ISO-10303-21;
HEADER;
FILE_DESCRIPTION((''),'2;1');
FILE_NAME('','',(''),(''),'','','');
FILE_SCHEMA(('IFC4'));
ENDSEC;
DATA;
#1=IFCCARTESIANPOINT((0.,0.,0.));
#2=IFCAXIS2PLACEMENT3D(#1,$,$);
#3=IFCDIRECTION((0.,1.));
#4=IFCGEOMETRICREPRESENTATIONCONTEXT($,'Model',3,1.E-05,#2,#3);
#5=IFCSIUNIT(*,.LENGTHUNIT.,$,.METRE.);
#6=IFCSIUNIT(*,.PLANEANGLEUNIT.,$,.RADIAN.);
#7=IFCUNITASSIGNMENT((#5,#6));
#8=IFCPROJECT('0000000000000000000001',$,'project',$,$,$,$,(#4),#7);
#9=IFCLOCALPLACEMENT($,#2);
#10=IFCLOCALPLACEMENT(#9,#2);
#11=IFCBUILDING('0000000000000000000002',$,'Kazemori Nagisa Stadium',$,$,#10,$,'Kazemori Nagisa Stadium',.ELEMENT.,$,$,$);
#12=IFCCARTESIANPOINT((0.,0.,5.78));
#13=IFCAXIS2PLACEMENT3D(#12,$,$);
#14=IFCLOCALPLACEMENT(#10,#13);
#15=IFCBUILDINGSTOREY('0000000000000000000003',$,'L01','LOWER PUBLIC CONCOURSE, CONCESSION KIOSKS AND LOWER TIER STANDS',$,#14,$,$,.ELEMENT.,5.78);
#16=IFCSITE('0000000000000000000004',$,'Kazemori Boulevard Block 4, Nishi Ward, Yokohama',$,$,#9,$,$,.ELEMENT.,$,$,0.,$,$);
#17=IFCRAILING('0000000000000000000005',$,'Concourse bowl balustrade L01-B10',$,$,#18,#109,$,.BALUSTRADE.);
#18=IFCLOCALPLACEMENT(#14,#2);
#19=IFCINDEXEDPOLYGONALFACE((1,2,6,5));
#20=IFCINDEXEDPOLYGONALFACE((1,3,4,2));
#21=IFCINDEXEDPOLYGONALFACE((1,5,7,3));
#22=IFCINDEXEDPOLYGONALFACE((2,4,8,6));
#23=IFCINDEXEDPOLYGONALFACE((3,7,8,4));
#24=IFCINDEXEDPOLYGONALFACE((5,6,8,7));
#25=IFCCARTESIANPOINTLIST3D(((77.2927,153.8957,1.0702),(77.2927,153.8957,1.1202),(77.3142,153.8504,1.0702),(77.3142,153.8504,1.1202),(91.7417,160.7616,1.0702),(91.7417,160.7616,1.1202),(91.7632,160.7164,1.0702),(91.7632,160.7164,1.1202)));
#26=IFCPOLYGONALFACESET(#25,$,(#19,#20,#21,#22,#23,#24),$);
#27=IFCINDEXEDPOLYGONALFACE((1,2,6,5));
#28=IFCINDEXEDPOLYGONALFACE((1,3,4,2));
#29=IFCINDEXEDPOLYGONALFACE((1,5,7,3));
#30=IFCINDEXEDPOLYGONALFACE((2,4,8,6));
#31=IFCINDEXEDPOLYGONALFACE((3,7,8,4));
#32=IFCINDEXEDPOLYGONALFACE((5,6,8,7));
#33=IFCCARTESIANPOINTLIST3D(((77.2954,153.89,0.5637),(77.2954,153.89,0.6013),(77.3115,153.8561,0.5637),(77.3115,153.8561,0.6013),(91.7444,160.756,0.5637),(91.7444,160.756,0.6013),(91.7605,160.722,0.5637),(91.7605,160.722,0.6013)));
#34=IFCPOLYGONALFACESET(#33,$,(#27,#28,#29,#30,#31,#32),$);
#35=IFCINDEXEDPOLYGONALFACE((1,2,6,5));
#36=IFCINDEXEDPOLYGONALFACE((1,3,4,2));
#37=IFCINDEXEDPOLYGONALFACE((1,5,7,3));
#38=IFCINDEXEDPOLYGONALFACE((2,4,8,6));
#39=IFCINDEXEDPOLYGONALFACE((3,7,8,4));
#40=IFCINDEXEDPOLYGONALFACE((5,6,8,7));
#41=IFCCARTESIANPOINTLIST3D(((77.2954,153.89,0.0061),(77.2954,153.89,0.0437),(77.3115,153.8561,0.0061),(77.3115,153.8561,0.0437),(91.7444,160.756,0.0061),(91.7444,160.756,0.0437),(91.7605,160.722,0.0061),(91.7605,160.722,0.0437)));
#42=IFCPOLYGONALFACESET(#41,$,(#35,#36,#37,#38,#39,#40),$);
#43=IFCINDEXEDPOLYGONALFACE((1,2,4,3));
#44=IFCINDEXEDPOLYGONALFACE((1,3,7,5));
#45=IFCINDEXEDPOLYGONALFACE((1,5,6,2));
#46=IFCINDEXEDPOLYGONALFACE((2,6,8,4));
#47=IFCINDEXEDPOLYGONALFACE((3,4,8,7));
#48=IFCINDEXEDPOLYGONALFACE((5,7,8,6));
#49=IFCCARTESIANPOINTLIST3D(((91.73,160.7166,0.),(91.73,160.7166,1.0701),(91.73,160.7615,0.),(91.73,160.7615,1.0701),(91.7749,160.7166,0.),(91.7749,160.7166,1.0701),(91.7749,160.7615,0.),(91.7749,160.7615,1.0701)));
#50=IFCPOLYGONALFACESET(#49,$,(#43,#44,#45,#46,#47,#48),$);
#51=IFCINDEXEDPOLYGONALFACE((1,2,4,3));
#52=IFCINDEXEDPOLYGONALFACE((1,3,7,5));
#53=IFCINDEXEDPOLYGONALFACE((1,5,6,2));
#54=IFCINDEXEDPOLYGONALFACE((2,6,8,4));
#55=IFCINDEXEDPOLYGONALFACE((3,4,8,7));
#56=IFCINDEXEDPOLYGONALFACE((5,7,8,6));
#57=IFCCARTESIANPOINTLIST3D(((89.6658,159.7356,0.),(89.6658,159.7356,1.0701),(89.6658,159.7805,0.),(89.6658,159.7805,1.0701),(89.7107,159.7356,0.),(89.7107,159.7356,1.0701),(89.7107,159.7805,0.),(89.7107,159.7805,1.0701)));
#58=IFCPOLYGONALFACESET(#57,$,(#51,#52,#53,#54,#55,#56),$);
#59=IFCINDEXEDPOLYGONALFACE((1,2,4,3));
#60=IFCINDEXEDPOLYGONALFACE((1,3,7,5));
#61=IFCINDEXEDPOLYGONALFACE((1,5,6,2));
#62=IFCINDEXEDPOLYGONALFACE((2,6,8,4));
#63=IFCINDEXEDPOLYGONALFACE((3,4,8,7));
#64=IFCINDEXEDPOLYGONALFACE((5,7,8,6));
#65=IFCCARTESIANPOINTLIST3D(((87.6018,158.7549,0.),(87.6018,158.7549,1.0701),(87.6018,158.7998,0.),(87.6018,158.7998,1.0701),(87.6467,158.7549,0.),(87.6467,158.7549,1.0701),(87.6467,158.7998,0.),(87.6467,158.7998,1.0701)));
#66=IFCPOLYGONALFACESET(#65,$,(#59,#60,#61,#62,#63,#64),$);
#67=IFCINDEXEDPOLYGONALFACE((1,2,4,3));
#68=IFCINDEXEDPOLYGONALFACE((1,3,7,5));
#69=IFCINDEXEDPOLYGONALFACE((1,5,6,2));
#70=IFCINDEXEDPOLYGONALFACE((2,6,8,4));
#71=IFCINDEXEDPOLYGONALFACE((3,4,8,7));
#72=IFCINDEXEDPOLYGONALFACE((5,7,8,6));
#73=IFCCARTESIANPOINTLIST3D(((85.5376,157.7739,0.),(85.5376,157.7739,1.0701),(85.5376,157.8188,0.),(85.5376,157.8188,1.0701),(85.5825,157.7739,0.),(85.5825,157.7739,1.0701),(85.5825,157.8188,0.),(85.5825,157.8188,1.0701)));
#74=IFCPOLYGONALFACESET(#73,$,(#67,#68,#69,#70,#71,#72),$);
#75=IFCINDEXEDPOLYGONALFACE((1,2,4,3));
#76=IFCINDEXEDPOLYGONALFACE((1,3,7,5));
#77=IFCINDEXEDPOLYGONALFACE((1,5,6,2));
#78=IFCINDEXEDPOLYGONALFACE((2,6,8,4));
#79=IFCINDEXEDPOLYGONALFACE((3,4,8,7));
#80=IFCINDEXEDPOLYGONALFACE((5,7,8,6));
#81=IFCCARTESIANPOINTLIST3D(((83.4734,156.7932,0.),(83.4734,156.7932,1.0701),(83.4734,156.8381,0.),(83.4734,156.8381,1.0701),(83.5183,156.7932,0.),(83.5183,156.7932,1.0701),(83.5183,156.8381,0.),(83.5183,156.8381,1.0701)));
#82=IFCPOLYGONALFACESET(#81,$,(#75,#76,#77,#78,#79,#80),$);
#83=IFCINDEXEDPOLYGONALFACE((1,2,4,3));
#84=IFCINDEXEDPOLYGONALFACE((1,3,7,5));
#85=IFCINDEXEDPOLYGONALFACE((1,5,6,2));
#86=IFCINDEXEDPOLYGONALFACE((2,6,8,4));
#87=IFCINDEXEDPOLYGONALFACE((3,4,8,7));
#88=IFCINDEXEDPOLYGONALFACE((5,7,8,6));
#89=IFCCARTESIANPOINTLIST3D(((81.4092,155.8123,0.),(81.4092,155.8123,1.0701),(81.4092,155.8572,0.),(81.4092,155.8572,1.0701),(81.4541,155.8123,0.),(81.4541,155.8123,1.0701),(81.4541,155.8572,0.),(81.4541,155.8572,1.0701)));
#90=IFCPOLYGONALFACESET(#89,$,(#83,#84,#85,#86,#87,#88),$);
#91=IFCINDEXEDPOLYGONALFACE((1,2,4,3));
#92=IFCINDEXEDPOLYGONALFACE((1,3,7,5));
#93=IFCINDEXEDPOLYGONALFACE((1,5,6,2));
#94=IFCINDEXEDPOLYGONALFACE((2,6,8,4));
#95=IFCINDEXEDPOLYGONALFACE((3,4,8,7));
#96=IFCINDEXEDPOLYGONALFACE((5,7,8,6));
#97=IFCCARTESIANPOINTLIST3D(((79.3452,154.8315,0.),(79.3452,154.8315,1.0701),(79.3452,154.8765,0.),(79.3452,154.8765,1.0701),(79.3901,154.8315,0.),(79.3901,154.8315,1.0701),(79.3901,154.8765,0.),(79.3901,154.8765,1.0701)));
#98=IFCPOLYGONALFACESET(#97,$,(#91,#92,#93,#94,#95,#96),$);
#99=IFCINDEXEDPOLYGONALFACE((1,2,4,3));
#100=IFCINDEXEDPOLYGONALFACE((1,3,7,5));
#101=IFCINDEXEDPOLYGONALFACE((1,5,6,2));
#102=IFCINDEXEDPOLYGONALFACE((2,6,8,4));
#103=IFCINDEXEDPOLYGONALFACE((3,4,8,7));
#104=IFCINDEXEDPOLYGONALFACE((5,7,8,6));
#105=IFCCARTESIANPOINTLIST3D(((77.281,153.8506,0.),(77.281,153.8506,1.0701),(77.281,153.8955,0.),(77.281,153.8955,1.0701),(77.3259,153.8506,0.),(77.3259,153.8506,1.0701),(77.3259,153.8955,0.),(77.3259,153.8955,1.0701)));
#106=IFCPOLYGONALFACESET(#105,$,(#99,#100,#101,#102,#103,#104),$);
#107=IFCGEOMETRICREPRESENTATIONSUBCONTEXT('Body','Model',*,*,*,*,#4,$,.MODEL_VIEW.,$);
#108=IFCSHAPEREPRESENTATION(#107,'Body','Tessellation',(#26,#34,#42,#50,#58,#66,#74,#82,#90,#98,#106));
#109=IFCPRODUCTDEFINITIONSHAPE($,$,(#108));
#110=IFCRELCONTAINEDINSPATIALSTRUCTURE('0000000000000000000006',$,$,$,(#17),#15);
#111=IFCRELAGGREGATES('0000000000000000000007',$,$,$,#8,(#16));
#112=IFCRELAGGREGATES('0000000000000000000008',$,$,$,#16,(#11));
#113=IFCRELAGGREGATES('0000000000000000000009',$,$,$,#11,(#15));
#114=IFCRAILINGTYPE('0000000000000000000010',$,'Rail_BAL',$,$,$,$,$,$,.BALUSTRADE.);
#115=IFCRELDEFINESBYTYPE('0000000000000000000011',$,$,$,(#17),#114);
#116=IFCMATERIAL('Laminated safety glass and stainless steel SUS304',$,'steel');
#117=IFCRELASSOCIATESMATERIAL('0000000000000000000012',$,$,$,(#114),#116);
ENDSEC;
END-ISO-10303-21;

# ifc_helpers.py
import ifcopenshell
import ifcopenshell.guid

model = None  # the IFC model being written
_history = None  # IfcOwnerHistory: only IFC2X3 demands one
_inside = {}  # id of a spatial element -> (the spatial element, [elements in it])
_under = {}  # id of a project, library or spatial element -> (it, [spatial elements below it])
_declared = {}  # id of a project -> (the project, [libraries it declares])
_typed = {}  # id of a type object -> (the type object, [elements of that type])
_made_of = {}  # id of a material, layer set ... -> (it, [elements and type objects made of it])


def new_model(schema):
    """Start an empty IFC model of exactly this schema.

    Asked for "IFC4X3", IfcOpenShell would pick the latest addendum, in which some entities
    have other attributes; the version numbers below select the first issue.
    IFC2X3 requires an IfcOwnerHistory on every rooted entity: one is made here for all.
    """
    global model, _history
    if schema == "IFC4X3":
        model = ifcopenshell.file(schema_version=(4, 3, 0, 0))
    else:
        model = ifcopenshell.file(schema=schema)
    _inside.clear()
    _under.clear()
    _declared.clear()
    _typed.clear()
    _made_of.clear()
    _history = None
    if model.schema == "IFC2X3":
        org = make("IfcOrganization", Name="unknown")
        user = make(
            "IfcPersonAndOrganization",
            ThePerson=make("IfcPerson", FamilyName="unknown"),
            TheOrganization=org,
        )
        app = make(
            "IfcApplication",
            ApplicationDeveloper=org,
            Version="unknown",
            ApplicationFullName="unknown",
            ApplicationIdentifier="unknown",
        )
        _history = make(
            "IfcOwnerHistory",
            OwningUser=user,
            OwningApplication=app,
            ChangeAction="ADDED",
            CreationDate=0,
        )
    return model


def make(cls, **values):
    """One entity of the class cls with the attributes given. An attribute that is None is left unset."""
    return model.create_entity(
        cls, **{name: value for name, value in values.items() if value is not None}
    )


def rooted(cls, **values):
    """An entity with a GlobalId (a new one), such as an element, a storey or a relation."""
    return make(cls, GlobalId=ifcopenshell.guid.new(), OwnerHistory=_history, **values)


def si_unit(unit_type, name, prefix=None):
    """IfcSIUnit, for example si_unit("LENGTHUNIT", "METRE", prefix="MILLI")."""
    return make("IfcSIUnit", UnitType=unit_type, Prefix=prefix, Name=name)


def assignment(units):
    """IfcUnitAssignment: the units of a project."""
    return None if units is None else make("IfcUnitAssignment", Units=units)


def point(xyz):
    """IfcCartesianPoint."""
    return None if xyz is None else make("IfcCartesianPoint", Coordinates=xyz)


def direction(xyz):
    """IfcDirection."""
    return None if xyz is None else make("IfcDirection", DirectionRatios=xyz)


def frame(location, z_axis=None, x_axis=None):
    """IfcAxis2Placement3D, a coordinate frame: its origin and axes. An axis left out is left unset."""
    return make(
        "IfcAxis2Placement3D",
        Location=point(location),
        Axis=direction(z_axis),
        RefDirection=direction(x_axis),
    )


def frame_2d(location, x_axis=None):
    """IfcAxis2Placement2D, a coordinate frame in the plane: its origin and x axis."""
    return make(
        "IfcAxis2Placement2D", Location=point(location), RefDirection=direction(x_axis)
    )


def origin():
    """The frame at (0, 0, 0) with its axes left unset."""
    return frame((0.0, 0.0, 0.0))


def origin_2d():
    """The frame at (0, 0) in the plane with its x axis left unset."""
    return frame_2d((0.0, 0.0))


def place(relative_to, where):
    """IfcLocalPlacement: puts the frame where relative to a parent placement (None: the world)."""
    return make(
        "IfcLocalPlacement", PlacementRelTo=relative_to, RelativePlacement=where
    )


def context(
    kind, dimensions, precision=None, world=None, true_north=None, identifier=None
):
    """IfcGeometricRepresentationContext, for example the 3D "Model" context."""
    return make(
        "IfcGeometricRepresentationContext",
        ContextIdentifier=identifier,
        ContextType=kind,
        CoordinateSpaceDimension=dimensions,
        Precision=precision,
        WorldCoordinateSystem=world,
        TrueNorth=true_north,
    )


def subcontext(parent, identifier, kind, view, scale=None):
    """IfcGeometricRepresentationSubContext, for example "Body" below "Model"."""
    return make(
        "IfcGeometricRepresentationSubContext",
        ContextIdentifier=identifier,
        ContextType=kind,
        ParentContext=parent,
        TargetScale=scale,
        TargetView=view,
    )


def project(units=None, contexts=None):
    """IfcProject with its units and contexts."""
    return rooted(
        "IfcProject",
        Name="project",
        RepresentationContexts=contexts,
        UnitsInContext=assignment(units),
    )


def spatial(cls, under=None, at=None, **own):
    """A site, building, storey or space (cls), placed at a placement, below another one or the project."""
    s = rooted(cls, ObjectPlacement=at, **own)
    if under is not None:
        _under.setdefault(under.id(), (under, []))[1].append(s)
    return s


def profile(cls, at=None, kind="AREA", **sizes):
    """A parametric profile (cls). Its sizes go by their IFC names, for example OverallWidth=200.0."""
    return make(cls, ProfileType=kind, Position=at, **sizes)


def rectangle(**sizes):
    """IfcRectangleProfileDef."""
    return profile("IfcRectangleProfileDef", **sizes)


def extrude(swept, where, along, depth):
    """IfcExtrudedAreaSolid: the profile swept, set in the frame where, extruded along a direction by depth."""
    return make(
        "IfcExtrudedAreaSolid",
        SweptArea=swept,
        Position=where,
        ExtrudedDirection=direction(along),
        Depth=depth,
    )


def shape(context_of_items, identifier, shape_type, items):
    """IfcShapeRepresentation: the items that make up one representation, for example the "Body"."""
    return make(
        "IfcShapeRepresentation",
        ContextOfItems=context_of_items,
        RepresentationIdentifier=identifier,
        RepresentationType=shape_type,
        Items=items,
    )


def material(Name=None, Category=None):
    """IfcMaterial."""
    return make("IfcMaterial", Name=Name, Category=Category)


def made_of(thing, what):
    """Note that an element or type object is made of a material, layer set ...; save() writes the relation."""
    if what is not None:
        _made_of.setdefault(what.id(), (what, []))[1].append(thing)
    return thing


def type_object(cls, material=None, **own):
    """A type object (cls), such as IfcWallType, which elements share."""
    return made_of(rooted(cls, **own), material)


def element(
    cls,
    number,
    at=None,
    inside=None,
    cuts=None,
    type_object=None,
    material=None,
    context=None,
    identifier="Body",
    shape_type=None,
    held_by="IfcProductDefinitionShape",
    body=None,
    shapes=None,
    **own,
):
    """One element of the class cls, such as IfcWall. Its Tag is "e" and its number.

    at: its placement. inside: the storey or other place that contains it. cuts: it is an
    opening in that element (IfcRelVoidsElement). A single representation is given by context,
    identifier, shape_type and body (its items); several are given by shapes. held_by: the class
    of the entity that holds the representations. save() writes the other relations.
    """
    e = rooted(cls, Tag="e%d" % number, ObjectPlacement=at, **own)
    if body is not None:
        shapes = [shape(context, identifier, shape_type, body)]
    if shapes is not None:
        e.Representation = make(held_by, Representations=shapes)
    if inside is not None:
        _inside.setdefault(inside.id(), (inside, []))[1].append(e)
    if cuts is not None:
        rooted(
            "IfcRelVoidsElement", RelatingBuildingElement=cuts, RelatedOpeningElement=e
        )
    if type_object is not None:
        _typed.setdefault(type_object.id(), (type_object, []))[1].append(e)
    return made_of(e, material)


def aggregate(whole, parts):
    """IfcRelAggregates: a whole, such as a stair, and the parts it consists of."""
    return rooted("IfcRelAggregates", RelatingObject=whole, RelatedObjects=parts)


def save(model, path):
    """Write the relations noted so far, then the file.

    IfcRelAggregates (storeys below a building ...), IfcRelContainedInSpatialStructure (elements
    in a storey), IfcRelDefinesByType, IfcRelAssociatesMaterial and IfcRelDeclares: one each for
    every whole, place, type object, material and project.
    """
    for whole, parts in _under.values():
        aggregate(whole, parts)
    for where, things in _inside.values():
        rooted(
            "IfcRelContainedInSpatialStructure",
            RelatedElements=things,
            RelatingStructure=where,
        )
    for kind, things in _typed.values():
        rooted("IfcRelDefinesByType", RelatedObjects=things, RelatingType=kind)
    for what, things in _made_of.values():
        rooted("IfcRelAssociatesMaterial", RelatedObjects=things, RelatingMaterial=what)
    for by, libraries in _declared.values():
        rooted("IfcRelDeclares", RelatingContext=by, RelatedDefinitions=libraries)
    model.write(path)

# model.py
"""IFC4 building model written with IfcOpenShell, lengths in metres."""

from ifc_helpers import new_model, si_unit, direction, frame, origin, origin_2d, place, context, subcontext, project, spatial, rectangle, extrude, material, type_object, element, save


model = new_model("IFC4")

# Units and contexts
model_context = context("Model", 3, precision=1e-05, world=origin(), true_north=direction((0.0, 1.0)))
body_context = subcontext(model_context, "Body", "Model", "MODEL_VIEW")
ifc_project = project(units=[si_unit("LENGTHUNIT", "METRE"), si_unit("PLANEANGLEUNIT", "RADIAN")], contexts=[model_context])

# Site, building, storey
site_placement = place(None, origin())
site = spatial("IfcSite", under=ifc_project, at=site_placement, Name="Kazemori Boulevard Block 4, Nishi Ward, Yokohama", CompositionType="ELEMENT", RefElevation=0.0)
building_placement = place(site_placement, origin())
building = spatial("IfcBuilding", under=site, at=building_placement, Name="Kazemori Nagisa Stadium", LongName="Kazemori Nagisa Stadium", CompositionType="ELEMENT")
storey_placement = place(building_placement, frame((0.0, 0.0, 5.78)))
storey = spatial("IfcBuildingStorey", under=building, at=storey_placement, Name="L01", Description="LOWER PUBLIC CONCOURSE, CONCESSION KIOSKS AND LOWER TIER STANDS", CompositionType="ELEMENT", Elevation=5.78)

# Railing
ifc_material_1 = material(Name="Laminated safety glass and stainless steel SUS304", Category="steel")
railing_type_1 = type_object("IfcRailingType", Name="Rail_BAL", PredefinedType="BALUSTRADE", material=ifc_material_1)
railing_1_placement = place(storey_placement, frame((91.7524, 160.739, 0.0)))
element("IfcRailing", 1, at=railing_1_placement, inside=storey, type_object=railing_type_1, Name="Concourse bowl balustrade L01-B10", PredefinedType="BALUSTRADE", context=body_context, shape_type="SweptSolid", body=[
    extrude(rectangle(XDim=0.05, YDim=0.05, at=origin_2d()), frame((0.0, 0.0, 1.0952), z_axis=(-0.903212, -0.429195, 0.0), x_axis=(0.429195, -0.903212, 0.0)), (0.0, 0.0, 1.0), 15.9973),
    extrude(rectangle(XDim=0.0376, YDim=0.0376, at=origin_2d()), frame((0.0, 0.0, 0.5825), z_axis=(-0.903212, -0.429195, 0.0), x_axis=(0.429195, -0.903212, 0.0)), (0.0, 0.0, 1.0), 15.9973),
    extrude(rectangle(XDim=0.0376, YDim=0.0376, at=origin_2d()), frame((0.0, 0.0, 0.0249), z_axis=(-0.903212, -0.429195, 0.0), x_axis=(0.429195, -0.903212, 0.0)), (0.0, 0.0, 1.0), 15.9973),
    extrude(rectangle(XDim=0.0449, YDim=0.0449, at=origin_2d()), origin(), (0.0, 0.0, 1.0), 1.0701),
    extrude(rectangle(XDim=0.0449, YDim=0.0449, at=origin_2d()), frame((-2.0642, -0.981, 0.0)), (0.0, 0.0, 1.0), 1.0701),
    extrude(rectangle(XDim=0.0449, YDim=0.0449, at=origin_2d()), frame((-4.1282, -1.9617, 0.0)), (0.0, 0.0, 1.0), 1.0701),
    extrude(rectangle(XDim=0.0449, YDim=0.0449, at=origin_2d()), frame((-6.1924, -2.9426, 0.0)), (0.0, 0.0, 1.0), 1.0701),
    extrude(rectangle(XDim=0.0449, YDim=0.0449, at=origin_2d()), frame((-8.2566, -3.9233, 0.0)), (0.0, 0.0, 1.0), 1.0701),
    extrude(rectangle(XDim=0.0449, YDim=0.0449, at=origin_2d()), frame((-10.3208, -4.9043, 0.0)), (0.0, 0.0, 1.0), 1.0701),
    extrude(rectangle(XDim=0.0449, YDim=0.0449, at=origin_2d()), frame((-12.3848, -5.885, 0.0)), (0.0, 0.0, 1.0), 1.0701),
    extrude(rectangle(XDim=0.0449, YDim=0.0449, at=origin_2d()), frame((-14.449, -6.866, 0.0)), (0.0, 0.0, 1.0), 1.0701),
])

save(model, "model.ifc")
